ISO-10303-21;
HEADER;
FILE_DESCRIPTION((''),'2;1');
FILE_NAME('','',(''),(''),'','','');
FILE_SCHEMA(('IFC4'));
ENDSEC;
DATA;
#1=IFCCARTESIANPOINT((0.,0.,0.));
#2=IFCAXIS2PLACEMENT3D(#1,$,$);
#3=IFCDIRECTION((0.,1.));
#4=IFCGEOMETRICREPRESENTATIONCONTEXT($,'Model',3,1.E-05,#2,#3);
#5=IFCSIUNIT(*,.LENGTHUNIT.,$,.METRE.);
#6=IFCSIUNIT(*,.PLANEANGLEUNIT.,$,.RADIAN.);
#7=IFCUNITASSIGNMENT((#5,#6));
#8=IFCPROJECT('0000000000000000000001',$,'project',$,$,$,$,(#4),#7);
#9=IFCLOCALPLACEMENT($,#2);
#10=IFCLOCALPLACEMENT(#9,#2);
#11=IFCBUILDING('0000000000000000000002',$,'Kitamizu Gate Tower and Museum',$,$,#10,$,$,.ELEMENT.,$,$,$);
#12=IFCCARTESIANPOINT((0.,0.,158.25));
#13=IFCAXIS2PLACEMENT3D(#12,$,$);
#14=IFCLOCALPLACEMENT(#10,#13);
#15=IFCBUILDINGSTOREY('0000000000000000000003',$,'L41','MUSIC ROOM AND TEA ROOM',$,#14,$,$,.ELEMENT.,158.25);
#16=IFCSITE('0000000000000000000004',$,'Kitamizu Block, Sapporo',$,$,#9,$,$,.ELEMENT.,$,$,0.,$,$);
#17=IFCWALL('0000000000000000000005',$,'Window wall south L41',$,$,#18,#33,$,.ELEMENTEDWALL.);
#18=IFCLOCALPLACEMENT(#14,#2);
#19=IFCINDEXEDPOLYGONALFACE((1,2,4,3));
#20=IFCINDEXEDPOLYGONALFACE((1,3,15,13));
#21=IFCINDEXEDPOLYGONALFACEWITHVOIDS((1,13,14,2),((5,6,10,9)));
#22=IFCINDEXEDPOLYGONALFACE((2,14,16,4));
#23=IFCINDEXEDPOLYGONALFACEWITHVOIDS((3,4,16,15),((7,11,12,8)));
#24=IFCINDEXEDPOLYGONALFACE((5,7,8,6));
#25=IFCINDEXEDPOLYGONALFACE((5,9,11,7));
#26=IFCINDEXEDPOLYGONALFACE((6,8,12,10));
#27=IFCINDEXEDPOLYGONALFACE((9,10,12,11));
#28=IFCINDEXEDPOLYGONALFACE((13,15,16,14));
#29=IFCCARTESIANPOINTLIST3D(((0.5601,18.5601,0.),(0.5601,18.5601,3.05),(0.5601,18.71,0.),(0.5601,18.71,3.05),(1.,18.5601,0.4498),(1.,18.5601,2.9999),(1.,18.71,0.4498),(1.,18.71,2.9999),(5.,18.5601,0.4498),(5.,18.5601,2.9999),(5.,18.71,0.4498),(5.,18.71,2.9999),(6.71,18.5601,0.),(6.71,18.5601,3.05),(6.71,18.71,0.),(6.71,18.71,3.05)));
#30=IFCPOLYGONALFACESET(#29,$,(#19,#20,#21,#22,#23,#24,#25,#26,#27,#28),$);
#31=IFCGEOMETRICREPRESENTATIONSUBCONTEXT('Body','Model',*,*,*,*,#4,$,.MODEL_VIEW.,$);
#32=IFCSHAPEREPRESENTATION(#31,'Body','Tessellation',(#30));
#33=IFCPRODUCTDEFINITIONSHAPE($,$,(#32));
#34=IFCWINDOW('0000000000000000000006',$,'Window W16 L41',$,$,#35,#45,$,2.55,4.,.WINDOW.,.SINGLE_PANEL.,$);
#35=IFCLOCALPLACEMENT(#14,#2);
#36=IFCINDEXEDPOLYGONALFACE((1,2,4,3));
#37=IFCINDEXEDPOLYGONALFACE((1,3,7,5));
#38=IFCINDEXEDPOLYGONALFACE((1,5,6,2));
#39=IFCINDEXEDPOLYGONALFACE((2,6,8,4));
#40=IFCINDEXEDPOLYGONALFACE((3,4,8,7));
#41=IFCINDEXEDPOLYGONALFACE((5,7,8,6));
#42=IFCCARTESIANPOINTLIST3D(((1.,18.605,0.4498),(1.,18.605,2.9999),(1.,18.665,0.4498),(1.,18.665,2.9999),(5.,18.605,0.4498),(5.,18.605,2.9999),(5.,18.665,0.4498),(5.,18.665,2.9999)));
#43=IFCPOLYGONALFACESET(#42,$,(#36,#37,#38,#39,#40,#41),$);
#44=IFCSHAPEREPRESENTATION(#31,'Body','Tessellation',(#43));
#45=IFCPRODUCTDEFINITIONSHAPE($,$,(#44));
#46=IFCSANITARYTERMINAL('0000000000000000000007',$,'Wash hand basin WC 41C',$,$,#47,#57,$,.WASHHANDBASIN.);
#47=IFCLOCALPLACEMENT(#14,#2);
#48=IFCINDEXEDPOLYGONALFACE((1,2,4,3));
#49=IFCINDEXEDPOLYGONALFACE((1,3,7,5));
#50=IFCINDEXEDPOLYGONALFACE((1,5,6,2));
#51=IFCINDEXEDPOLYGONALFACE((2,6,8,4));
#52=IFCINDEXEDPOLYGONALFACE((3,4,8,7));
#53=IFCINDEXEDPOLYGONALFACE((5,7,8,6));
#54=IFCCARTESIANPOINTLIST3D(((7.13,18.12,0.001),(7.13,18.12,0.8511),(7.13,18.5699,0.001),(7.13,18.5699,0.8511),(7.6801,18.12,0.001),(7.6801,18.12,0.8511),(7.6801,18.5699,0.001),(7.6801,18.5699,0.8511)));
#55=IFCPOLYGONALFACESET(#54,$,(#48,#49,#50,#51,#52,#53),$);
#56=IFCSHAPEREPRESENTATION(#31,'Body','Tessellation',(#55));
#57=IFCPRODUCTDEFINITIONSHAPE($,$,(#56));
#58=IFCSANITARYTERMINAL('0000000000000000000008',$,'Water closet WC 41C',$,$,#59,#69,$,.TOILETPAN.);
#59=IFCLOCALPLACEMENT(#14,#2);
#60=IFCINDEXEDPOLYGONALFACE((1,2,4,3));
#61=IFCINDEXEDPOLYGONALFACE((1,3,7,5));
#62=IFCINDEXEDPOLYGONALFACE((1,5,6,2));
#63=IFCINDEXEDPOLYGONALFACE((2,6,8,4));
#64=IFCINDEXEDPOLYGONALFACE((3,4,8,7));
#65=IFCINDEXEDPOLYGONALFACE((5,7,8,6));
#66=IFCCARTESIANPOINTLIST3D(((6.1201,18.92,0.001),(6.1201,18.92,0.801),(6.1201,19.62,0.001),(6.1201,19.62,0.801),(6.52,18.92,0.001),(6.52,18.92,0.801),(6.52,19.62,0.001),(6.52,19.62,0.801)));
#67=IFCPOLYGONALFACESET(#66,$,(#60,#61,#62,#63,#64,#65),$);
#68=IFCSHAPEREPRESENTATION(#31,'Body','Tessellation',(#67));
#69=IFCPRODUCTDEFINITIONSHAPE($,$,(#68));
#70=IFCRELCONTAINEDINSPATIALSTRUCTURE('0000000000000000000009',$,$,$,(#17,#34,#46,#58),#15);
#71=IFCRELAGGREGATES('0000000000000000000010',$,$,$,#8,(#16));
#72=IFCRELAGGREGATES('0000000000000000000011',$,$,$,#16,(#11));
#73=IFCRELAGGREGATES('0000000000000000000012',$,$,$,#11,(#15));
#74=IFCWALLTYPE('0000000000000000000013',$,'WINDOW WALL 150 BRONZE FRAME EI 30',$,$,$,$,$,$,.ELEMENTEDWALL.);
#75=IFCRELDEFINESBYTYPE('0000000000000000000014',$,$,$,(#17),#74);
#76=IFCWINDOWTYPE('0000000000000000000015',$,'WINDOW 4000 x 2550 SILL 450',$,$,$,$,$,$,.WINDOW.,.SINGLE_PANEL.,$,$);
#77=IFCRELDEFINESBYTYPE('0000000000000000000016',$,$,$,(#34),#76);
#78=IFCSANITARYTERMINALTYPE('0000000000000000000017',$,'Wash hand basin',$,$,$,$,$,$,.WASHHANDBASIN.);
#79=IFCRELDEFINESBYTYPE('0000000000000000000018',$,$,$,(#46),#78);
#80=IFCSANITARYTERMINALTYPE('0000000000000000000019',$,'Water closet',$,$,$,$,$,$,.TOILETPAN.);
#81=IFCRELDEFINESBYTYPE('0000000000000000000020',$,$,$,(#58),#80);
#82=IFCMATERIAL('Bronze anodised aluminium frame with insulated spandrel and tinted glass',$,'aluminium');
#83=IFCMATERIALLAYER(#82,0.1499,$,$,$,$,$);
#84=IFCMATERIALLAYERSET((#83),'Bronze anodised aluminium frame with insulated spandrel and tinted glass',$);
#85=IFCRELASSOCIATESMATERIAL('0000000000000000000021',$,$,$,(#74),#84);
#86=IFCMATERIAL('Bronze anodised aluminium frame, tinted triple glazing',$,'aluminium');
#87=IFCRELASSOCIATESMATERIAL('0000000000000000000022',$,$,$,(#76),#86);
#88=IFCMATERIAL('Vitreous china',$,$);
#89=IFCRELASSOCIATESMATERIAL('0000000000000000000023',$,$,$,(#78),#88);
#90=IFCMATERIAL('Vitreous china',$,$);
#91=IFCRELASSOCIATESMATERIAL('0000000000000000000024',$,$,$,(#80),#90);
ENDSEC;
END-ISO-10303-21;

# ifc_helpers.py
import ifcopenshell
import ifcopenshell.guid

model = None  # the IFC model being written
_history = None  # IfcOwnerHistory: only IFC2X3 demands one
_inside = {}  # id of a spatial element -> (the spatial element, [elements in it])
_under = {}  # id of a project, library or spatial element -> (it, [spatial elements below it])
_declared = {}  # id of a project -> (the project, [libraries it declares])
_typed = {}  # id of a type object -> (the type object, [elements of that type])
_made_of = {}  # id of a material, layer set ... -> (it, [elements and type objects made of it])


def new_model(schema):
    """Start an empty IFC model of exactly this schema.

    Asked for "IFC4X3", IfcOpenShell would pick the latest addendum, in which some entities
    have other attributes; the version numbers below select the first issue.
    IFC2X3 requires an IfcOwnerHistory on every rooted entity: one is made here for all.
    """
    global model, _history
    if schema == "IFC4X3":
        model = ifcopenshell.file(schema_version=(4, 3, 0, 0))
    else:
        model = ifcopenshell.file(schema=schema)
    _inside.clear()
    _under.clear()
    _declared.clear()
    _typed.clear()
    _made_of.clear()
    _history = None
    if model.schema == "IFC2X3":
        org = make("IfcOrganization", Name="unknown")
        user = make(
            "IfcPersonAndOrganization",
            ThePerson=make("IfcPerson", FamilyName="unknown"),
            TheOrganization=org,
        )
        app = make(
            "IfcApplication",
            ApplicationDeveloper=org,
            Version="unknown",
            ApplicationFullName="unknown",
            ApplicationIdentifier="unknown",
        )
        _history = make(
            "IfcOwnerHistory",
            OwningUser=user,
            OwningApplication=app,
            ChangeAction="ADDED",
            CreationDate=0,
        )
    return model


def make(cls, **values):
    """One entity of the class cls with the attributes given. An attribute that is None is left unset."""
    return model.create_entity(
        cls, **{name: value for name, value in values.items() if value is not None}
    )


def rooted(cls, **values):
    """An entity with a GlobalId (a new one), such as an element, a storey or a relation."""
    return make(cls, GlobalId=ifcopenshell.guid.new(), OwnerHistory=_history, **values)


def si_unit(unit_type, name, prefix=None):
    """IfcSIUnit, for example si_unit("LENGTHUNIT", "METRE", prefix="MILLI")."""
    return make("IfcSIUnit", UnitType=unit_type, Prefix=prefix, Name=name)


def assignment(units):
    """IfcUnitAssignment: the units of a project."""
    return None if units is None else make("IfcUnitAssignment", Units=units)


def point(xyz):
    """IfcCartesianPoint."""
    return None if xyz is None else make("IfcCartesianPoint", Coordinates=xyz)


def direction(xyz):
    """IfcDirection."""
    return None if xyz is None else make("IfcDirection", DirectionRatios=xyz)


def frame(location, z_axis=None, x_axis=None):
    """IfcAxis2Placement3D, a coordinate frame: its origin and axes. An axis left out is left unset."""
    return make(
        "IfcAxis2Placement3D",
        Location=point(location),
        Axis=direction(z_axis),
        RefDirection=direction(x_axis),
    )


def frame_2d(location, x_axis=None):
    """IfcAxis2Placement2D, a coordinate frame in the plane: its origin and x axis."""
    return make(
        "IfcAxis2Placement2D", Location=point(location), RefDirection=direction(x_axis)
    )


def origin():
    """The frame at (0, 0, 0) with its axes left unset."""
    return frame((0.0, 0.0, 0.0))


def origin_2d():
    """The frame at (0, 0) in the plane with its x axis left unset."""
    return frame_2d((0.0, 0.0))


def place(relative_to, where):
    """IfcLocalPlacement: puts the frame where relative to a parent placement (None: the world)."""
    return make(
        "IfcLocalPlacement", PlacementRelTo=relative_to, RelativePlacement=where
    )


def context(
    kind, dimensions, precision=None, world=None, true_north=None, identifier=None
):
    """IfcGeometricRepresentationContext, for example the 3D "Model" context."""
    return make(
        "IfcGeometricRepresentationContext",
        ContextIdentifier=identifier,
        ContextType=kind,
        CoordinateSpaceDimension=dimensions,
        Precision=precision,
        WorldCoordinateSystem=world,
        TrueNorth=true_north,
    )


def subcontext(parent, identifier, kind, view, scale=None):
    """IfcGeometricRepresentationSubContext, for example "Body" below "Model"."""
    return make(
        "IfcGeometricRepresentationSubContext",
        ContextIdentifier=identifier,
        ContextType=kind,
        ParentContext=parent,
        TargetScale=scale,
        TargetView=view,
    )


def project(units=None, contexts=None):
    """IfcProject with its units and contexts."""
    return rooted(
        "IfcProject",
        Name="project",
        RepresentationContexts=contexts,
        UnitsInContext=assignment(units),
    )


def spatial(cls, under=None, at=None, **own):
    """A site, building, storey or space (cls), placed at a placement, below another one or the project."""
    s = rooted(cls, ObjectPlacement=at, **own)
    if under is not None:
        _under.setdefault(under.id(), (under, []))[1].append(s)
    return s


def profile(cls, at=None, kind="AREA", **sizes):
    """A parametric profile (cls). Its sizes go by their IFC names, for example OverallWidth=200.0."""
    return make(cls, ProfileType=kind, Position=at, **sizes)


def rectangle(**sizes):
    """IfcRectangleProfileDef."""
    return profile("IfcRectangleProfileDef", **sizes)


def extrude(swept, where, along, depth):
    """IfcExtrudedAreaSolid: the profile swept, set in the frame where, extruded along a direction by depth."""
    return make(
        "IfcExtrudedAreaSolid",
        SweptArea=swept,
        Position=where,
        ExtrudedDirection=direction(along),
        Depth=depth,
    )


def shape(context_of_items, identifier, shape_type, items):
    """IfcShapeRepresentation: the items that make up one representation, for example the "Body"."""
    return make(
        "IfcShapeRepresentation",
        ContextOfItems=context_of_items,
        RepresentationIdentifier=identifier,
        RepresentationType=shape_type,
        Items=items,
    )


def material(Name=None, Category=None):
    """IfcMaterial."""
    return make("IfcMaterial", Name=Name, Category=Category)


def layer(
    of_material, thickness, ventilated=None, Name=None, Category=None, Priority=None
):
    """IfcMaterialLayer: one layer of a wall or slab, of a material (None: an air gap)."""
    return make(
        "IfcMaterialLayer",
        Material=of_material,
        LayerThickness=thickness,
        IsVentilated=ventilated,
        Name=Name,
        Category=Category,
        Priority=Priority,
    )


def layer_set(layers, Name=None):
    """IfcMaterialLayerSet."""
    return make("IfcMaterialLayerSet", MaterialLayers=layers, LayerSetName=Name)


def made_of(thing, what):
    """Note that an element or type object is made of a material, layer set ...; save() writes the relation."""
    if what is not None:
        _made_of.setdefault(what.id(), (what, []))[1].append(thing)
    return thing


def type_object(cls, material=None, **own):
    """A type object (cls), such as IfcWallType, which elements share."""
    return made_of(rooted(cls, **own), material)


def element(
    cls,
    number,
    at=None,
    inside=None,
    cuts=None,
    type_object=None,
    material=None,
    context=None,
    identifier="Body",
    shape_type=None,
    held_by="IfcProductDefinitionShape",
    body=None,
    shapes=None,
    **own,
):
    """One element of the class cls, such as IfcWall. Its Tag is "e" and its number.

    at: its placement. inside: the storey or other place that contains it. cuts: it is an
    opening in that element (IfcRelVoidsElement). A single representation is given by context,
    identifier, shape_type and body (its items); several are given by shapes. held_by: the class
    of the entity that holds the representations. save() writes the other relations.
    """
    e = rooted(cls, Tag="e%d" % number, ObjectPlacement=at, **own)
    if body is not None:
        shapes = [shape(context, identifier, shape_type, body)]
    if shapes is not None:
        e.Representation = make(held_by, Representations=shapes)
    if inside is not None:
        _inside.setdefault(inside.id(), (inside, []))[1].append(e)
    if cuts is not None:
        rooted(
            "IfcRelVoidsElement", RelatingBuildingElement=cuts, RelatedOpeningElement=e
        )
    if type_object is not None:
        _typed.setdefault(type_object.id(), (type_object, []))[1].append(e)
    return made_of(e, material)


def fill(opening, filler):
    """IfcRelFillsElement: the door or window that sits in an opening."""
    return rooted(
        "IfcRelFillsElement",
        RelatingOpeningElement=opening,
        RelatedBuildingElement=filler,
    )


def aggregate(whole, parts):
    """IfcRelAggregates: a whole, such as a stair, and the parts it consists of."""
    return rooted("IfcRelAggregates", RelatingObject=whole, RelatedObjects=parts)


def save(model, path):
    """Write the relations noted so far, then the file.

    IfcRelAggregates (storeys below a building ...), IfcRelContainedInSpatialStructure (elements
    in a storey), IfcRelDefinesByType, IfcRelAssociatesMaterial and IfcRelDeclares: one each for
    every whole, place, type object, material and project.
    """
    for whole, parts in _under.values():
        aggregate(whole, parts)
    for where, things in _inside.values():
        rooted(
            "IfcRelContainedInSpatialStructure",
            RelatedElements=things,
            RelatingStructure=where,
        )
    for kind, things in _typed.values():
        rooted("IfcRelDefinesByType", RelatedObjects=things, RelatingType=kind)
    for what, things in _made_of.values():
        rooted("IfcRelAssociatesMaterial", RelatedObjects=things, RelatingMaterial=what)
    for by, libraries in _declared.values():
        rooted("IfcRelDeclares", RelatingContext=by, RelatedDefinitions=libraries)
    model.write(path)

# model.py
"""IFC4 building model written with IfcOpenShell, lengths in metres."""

from ifc_helpers import new_model, si_unit, direction, frame, frame_2d, origin, origin_2d, place, context, subcontext, project, spatial, rectangle, extrude, material, layer, layer_set, type_object, element, fill, save


model = new_model("IFC4")

# Units and contexts
model_context = context("Model", 3, precision=1e-05, world=origin(), true_north=direction((0.0, 1.0)))
body_context = subcontext(model_context, "Body", "Model", "MODEL_VIEW")
ifc_project = project(units=[si_unit("LENGTHUNIT", "METRE"), si_unit("PLANEANGLEUNIT", "RADIAN")], contexts=[model_context])

# Site, building, storey
site_placement = place(None, origin())
site = spatial("IfcSite", under=ifc_project, at=site_placement, Name="Kitamizu Block, Sapporo", CompositionType="ELEMENT", RefElevation=0.0)
building_placement = place(site_placement, origin())
building = spatial("IfcBuilding", under=site, at=building_placement, Name="Kitamizu Gate Tower and Museum", CompositionType="ELEMENT")
storey_placement = place(building_placement, frame((0.0, 0.0, 158.25)))
storey = spatial("IfcBuildingStorey", under=building, at=storey_placement, Name="L41", Description="MUSIC ROOM AND TEA ROOM", CompositionType="ELEMENT", Elevation=158.25)

# Shared definitions
ifc_material_1 = material(Name="Bronze anodised aluminium frame with insulated spandrel and tinted glass", Category="aluminium")
ifc_layer_1 = layer(ifc_material_1, 0.1499)
ifc_layer_set_1 = layer_set([ifc_layer_1], Name="Bronze anodised aluminium frame with insulated spandrel and tinted glass")
wall_type_1 = type_object("IfcWallType", Name="WINDOW WALL 150 BRONZE FRAME EI 30", PredefinedType="ELEMENTEDWALL", material=ifc_layer_set_1)

# Wall, opening, window
wall_1_placement = place(storey_placement, frame((0.5601, 18.635, 0.0), z_axis=(0.0, 0.0, 1.0), x_axis=(1.0, 0.0, 0.0)))
wall_1 = element("IfcWall", 1, at=wall_1_placement, inside=storey, type_object=wall_type_1, Name="Window wall south L41", PredefinedType="ELEMENTEDWALL", context=body_context, shape_type="SweptSolid", body=[
    extrude(rectangle(XDim=6.1499, YDim=0.1499, at=frame_2d((3.075, 0.0))), origin(), (0.0, 0.0, 1.0), 3.05),
])
opening_1_placement = place(wall_1_placement, frame((0.4399, 0.0, 0.45)))
opening_1 = element("IfcOpeningElement", 2, at=opening_1_placement, cuts=wall_1, PredefinedType="OPENING", context=body_context, shape_type="SweptSolid", body=[
    extrude(rectangle(XDim=4.0, YDim=2.55, at=frame_2d((2.0, 1.2749))), frame((0.0, 0.085, 0.0), z_axis=(0.0, -1.0, 0.0), x_axis=(1.0, 0.0, 0.0)), (0.0, 0.0, 1.0), 0.1699),
])
ifc_material_2 = material(Name="Bronze anodised aluminium frame, tinted triple glazing", Category="aluminium")
window_type_1 = type_object("IfcWindowType", Name="WINDOW 4000 x 2550 SILL 450", PartitioningType="SINGLE_PANEL", PredefinedType="WINDOW", material=ifc_material_2)
window_1_placement = place(opening_1_placement, origin())
window_1 = element("IfcWindow", 3, at=window_1_placement, inside=storey, type_object=window_type_1, Name="Window W16 L41", OverallHeight=2.55, OverallWidth=4.0, PartitioningType="SINGLE_PANEL", PredefinedType="WINDOW", context=body_context, shape_type="SweptSolid", body=[
    extrude(rectangle(XDim=4.0, YDim=2.55, at=frame_2d((2.0, 1.2749))), frame((0.0, 0.03, 0.0), z_axis=(0.0, -1.0, 0.0), x_axis=(1.0, 0.0, 0.0)), (0.0, 0.0, 1.0), 0.0601),
])
fill(opening_1, window_1)

# Sanitary terminals
ifc_material_3 = material(Name="Vitreous china")
sanitary_terminal_type_1 = type_object("IfcSanitaryTerminalType", Name="Wash hand basin", PredefinedType="WASHHANDBASIN", material=ifc_material_3)
sanitary_terminal_1_placement = place(storey_placement, frame((7.405, 18.345, 0.001), z_axis=(0.0, 0.0, 1.0), x_axis=(1.0, 0.0, 0.0)))
element("IfcSanitaryTerminal", 4, at=sanitary_terminal_1_placement, inside=storey, type_object=sanitary_terminal_type_1, Name="Wash hand basin WC 41C", PredefinedType="WASHHANDBASIN", context=body_context, shape_type="SweptSolid", body=[
    extrude(rectangle(XDim=0.55, YDim=0.45, at=origin_2d()), origin(), (0.0, 0.0, 1.0), 0.8501),
])
ifc_material_4 = material(Name="Vitreous china")
sanitary_terminal_type_2 = type_object("IfcSanitaryTerminalType", Name="Water closet", PredefinedType="TOILETPAN", material=ifc_material_4)
sanitary_terminal_2_placement = place(storey_placement, frame((6.3201, 19.27, 0.001), z_axis=(0.0, 0.0, 1.0), x_axis=(1.0, 0.0, 0.0)))
element("IfcSanitaryTerminal", 5, at=sanitary_terminal_2_placement, inside=storey, type_object=sanitary_terminal_type_2, Name="Water closet WC 41C", PredefinedType="TOILETPAN", context=body_context, shape_type="SweptSolid", body=[
    extrude(rectangle(XDim=0.3999, YDim=0.7, at=origin_2d()), origin(), (0.0, 0.0, 1.0), 0.8),
])

save(model, "model.ifc")
